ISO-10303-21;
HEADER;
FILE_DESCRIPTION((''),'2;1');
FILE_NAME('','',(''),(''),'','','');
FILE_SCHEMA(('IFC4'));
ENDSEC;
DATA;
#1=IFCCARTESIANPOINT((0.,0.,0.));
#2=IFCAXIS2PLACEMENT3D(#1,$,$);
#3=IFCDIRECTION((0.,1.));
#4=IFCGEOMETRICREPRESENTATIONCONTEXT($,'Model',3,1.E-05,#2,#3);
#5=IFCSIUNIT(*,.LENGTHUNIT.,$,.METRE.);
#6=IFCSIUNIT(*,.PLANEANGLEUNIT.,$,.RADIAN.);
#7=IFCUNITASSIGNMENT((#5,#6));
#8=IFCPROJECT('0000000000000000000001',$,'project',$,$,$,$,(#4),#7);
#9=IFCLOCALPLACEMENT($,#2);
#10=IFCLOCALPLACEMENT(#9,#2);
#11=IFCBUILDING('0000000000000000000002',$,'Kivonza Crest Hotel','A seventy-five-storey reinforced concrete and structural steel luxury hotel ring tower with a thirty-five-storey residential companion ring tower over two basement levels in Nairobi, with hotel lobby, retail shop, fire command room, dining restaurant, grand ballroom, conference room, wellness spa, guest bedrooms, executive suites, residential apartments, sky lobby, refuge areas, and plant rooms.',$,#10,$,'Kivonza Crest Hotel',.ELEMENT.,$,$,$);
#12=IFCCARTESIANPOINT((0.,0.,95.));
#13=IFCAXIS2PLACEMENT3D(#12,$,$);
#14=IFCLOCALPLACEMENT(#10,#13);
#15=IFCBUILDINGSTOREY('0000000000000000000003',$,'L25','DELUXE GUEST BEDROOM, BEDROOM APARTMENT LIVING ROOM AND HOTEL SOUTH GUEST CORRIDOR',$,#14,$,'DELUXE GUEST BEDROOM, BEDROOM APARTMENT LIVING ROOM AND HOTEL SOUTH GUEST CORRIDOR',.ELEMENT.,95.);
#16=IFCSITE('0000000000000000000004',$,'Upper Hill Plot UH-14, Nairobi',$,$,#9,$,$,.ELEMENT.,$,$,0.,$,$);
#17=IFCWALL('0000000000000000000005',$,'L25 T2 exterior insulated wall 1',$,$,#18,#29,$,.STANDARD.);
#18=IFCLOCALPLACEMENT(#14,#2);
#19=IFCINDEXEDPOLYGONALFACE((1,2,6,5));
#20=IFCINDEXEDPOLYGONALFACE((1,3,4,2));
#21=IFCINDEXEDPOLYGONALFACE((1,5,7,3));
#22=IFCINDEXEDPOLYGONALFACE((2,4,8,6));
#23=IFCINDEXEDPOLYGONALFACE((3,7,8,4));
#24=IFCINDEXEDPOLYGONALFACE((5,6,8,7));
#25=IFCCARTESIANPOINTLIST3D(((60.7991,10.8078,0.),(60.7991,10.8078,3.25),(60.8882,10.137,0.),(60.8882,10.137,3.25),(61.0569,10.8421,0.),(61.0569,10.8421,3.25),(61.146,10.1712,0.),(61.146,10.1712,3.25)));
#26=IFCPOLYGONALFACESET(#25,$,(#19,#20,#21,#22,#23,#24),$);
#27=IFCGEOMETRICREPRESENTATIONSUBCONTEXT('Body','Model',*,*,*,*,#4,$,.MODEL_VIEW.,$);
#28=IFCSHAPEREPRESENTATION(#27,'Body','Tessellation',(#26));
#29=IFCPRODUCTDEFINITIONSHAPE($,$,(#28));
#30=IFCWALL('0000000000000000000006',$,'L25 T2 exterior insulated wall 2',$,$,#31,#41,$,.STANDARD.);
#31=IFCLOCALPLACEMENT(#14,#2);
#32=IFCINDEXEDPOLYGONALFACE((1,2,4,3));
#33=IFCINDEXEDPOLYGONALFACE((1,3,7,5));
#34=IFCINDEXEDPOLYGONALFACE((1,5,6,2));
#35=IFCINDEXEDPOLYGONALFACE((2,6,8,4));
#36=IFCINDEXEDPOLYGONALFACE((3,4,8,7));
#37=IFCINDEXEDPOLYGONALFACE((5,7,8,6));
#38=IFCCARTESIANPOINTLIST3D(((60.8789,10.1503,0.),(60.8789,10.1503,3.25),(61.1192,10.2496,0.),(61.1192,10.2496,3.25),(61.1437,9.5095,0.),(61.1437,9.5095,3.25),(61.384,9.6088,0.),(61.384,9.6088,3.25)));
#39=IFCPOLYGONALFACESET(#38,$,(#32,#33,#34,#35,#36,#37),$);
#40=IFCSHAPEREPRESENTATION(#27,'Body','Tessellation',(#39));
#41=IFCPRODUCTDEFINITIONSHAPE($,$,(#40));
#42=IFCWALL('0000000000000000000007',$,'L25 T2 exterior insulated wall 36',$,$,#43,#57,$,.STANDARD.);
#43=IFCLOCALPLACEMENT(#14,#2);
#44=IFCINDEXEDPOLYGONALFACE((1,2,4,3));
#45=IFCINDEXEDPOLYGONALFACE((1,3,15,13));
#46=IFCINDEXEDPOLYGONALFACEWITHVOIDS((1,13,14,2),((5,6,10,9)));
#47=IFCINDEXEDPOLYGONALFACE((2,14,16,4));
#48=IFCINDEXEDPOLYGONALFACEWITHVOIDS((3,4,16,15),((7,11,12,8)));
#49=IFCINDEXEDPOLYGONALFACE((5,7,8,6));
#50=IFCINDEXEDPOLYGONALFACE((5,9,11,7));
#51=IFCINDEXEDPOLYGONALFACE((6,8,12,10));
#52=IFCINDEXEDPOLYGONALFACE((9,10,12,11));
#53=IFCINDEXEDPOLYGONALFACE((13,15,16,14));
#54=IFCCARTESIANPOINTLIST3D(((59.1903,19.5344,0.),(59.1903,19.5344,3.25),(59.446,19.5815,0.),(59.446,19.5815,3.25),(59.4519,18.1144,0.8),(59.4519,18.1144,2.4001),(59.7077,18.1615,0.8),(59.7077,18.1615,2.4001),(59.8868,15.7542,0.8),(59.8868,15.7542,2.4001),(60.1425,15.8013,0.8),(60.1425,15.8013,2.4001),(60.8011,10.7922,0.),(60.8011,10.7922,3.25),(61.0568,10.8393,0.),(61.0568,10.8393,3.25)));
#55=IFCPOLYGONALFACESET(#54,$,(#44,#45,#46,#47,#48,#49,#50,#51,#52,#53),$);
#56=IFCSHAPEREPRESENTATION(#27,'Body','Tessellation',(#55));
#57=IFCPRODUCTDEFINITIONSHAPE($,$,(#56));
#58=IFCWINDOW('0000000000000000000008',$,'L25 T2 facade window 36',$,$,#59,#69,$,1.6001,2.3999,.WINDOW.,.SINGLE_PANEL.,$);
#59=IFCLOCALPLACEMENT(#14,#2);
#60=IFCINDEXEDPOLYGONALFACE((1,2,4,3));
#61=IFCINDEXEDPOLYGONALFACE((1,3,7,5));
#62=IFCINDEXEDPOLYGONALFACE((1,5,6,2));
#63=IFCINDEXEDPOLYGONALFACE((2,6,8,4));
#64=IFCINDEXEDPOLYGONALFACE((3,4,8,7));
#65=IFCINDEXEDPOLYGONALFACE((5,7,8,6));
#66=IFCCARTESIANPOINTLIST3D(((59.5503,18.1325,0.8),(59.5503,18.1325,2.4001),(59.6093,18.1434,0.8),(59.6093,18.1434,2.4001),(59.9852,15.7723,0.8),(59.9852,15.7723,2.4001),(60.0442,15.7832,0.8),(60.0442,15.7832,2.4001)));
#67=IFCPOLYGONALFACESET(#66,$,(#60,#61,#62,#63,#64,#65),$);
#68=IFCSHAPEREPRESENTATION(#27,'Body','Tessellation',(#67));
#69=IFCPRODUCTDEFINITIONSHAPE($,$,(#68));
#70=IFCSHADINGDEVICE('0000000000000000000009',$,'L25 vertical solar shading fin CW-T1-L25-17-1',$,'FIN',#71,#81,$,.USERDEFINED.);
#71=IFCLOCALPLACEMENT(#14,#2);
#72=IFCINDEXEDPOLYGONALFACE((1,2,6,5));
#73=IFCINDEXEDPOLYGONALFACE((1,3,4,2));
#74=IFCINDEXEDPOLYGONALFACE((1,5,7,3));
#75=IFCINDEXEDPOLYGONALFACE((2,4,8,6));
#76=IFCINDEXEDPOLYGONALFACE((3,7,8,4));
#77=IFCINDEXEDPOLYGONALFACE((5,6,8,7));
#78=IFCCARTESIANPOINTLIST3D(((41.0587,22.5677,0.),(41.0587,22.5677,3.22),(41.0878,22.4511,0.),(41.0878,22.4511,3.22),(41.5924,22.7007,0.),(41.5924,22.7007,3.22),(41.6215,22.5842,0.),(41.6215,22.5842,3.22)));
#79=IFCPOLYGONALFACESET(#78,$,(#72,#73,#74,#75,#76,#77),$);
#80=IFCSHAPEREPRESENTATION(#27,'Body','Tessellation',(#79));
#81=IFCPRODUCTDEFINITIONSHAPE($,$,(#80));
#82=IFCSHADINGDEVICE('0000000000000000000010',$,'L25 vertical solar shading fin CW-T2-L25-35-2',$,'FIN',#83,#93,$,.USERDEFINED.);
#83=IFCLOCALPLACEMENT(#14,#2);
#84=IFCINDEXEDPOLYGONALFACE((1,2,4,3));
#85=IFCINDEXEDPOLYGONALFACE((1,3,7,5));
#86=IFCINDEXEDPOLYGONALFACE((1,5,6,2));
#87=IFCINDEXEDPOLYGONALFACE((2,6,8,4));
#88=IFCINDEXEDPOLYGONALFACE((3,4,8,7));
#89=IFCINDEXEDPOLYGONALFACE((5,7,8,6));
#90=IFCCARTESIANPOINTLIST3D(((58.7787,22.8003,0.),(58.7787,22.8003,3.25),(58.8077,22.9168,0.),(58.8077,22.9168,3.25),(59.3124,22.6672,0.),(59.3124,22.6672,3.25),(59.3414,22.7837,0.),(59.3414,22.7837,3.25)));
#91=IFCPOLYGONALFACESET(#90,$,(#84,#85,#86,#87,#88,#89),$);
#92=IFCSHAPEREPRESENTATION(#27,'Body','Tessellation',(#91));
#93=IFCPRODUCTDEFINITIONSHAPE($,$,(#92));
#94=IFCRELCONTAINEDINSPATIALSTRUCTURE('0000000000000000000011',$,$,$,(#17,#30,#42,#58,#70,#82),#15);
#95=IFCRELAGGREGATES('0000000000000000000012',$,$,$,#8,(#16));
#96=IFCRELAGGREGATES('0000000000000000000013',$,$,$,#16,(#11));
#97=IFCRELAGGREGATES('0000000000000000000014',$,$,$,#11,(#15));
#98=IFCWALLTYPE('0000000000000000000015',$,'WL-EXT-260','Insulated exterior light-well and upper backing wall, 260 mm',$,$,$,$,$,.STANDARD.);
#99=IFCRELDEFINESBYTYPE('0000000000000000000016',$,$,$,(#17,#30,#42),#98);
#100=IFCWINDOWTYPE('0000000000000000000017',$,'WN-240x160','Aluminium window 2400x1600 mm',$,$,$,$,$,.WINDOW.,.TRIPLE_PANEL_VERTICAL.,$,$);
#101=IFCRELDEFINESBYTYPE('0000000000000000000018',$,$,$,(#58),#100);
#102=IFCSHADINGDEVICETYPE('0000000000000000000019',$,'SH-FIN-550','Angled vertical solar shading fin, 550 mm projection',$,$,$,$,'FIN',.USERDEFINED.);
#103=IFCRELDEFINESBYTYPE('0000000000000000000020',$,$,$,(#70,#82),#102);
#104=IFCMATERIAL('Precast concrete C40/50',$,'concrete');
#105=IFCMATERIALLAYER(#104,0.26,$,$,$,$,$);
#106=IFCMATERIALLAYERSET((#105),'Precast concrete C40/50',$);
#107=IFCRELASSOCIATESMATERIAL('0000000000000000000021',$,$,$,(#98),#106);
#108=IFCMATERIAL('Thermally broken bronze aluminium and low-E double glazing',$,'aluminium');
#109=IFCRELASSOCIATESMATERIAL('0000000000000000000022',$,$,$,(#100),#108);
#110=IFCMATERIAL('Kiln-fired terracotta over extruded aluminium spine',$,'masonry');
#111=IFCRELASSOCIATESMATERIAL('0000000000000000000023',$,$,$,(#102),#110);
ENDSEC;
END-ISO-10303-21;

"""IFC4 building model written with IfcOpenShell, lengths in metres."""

from ifc_helpers import new_model, si_unit, direction, frame, frame_2d, origin, origin_2d, place, context, subcontext, project, spatial, rectangle, extrude, material, layer, layer_set, type_object, element, fill, save


model = new_model("IFC4")

# Units and contexts
model_context = context("Model", 3, precision=1e-05, world=origin(), true_north=direction((0.0, 1.0)))
body_context = subcontext(model_context, "Body", "Model", "MODEL_VIEW")
ifc_project = project(units=[si_unit("LENGTHUNIT", "METRE"), si_unit("PLANEANGLEUNIT", "RADIAN")], contexts=[model_context])

# Site, building, storey
site_placement = place(None, origin())
site = spatial("IfcSite", under=ifc_project, at=site_placement, Name="Upper Hill Plot UH-14, Nairobi", CompositionType="ELEMENT", RefElevation=0.0)
building_placement = place(site_placement, origin())
building = spatial("IfcBuilding", under=site, at=building_placement, Name="Kivonza Crest Hotel", Description="A seventy-five-storey reinforced concrete and structural steel luxury hotel ring tower with a thirty-five-storey residential companion ring tower over two basement levels in Nairobi, with hotel lobby, retail shop, fire command room, dining restaurant, grand ballroom, conference room, wellness spa, guest bedrooms, executive suites, residential apartments, sky lobby, refuge areas, and plant rooms.", LongName="Kivonza Crest Hotel", CompositionType="ELEMENT")
storey_placement = place(building_placement, frame((0.0, 0.0, 95.0)))
storey = spatial("IfcBuildingStorey", under=building, at=storey_placement, Name="L25", Description="DELUXE GUEST BEDROOM, BEDROOM APARTMENT LIVING ROOM AND HOTEL SOUTH GUEST CORRIDOR", LongName="DELUXE GUEST BEDROOM, BEDROOM APARTMENT LIVING ROOM AND HOTEL SOUTH GUEST CORRIDOR", CompositionType="ELEMENT", Elevation=95.0)

# Walls
ifc_material_1 = material(Name="Precast concrete C40/50", Category="concrete")
ifc_layer_1 = layer(ifc_material_1, 0.26)
ifc_layer_set_1 = layer_set([ifc_layer_1], Name="Precast concrete C40/50")
wall_type_1 = type_object("IfcWallType", Name="WL-EXT-260", Description="Insulated exterior light-well and upper backing wall, 260 mm", PredefinedType="STANDARD", material=ifc_layer_set_1)
wall_1_placement = place(storey_placement, frame((60.928, 10.825, 0.0), z_axis=(0.0, 0.0, 1.0), x_axis=(0.131667, -0.991294, 0.0)))
element("IfcWall", 1, at=wall_1_placement, inside=storey, type_object=wall_type_1, Name="L25 T2 exterior insulated wall 1", PredefinedType="STANDARD", context=body_context, shape_type="SweptSolid", body=[
    extrude(rectangle(XDim=0.6768, YDim=0.26, at=frame_2d((0.3384, 0.0))), origin(), (0.0, 0.0, 1.0), 3.25),
])
wall_2_placement = place(storey_placement, frame((60.999, 10.2, 0.0), z_axis=(0.0, 0.0, 1.0), x_axis=(0.381989, -0.924167, 0.0)))
element("IfcWall", 2, at=wall_2_placement, inside=storey, type_object=wall_type_1, Name="L25 T2 exterior insulated wall 2", PredefinedType="STANDARD", context=body_context, shape_type="SweptSolid", body=[
    extrude(rectangle(XDim=0.6934, YDim=0.26, at=frame_2d((0.3467, 0.0))), origin(), (0.0, 0.0, 1.0), 3.25),
])

# Wall, opening, window
wall_3_placement = place(storey_placement, frame((59.3181, 19.5581, 0.0), z_axis=(0.0, 0.0, 1.0), x_axis=(0.18121, -0.983444, 0.0)))
wall_3 = element("IfcWall", 3, at=wall_3_placement, inside=storey, type_object=wall_type_1, Name="L25 T2 exterior insulated wall 36", PredefinedType="STANDARD", context=body_context, shape_type="SweptSolid", body=[
    extrude(rectangle(XDim=8.8894, YDim=0.26, at=frame_2d((4.4448, 0.0))), origin(), (0.0, 0.0, 1.0), 3.25),
])
opening_placement = place(wall_3_placement, frame((1.4441, 0.0, 0.8)))
opening = element("IfcOpeningElement", 4, at=opening_placement, cuts=wall_3, PredefinedType="OPENING", context=body_context, shape_type="SweptSolid", body=[
    extrude(rectangle(XDim=2.3999, YDim=1.6001, at=frame_2d((1.2, 0.8))), frame((0.0, 0.1401, 0.0), z_axis=(0.0, -1.0, 0.0), x_axis=(1.0, 0.0, 0.0)), (0.0, 0.0, 1.0), 0.28),
])
ifc_material_2 = material(Name="Thermally broken bronze aluminium and low-E double glazing", Category="aluminium")
window_type = type_object("IfcWindowType", Name="WN-240x160", Description="Aluminium window 2400x1600 mm", PartitioningType="TRIPLE_PANEL_VERTICAL", PredefinedType="WINDOW", material=ifc_material_2)
window_placement = place(opening_placement, origin())
window = element("IfcWindow", 5, at=window_placement, inside=storey, type_object=window_type, Name="L25 T2 facade window 36", OverallHeight=1.6001, OverallWidth=2.3999, PartitioningType="SINGLE_PANEL", PredefinedType="WINDOW", context=body_context, shape_type="SweptSolid", body=[
    extrude(rectangle(XDim=2.3999, YDim=1.6001, at=frame_2d((1.2, 0.8))), frame((0.0, 0.03, 0.0), z_axis=(0.0, -1.0, 0.0), x_axis=(1.0, 0.0, 0.0)), (0.0, 0.0, 1.0), 0.0601),
])
fill(opening, window)

# Shading devices
ifc_material_3 = material(Name="Kiln-fired terracotta over extruded aluminium spine", Category="masonry")
shading_device_type = type_object("IfcShadingDeviceType", Name="SH-FIN-550", Description="Angled vertical solar shading fin, 550 mm projection", ElementType="FIN", PredefinedType="USERDEFINED", material=ifc_material_3)
shading_device_1_placement = place(storey_placement, frame((41.3401, 22.5759, 0.0), z_axis=(0.0, 0.0, 1.0), x_axis=(-0.241922, 0.970296, 0.0)))
element("IfcShadingDevice", 6, at=shading_device_1_placement, inside=storey, type_object=shading_device_type, Name="L25 vertical solar shading fin CW-T1-L25-17-1", ObjectType="FIN", PredefinedType="USERDEFINED", context=body_context, shape_type="SweptSolid", body=[
    extrude(rectangle(XDim=0.1201, YDim=0.55, at=origin_2d()), origin(), (0.0, 0.0, 1.0), 3.22),
])
shading_device_2_placement = place(storey_placement, frame((59.0601, 22.792, 0.0), z_axis=(0.0, 0.0, 1.0), x_axis=(-0.241922, -0.970296, 0.0)))
element("IfcShadingDevice", 7, at=shading_device_2_placement, inside=storey, type_object=shading_device_type, Name="L25 vertical solar shading fin CW-T2-L25-35-2", ObjectType="FIN", PredefinedType="USERDEFINED", context=body_context, shape_type="SweptSolid", body=[
    extrude(rectangle(XDim=0.1201, YDim=0.55, at=origin_2d()), origin(), (0.0, 0.0, 1.0), 3.25),
])

save(model, "model.ifc")
